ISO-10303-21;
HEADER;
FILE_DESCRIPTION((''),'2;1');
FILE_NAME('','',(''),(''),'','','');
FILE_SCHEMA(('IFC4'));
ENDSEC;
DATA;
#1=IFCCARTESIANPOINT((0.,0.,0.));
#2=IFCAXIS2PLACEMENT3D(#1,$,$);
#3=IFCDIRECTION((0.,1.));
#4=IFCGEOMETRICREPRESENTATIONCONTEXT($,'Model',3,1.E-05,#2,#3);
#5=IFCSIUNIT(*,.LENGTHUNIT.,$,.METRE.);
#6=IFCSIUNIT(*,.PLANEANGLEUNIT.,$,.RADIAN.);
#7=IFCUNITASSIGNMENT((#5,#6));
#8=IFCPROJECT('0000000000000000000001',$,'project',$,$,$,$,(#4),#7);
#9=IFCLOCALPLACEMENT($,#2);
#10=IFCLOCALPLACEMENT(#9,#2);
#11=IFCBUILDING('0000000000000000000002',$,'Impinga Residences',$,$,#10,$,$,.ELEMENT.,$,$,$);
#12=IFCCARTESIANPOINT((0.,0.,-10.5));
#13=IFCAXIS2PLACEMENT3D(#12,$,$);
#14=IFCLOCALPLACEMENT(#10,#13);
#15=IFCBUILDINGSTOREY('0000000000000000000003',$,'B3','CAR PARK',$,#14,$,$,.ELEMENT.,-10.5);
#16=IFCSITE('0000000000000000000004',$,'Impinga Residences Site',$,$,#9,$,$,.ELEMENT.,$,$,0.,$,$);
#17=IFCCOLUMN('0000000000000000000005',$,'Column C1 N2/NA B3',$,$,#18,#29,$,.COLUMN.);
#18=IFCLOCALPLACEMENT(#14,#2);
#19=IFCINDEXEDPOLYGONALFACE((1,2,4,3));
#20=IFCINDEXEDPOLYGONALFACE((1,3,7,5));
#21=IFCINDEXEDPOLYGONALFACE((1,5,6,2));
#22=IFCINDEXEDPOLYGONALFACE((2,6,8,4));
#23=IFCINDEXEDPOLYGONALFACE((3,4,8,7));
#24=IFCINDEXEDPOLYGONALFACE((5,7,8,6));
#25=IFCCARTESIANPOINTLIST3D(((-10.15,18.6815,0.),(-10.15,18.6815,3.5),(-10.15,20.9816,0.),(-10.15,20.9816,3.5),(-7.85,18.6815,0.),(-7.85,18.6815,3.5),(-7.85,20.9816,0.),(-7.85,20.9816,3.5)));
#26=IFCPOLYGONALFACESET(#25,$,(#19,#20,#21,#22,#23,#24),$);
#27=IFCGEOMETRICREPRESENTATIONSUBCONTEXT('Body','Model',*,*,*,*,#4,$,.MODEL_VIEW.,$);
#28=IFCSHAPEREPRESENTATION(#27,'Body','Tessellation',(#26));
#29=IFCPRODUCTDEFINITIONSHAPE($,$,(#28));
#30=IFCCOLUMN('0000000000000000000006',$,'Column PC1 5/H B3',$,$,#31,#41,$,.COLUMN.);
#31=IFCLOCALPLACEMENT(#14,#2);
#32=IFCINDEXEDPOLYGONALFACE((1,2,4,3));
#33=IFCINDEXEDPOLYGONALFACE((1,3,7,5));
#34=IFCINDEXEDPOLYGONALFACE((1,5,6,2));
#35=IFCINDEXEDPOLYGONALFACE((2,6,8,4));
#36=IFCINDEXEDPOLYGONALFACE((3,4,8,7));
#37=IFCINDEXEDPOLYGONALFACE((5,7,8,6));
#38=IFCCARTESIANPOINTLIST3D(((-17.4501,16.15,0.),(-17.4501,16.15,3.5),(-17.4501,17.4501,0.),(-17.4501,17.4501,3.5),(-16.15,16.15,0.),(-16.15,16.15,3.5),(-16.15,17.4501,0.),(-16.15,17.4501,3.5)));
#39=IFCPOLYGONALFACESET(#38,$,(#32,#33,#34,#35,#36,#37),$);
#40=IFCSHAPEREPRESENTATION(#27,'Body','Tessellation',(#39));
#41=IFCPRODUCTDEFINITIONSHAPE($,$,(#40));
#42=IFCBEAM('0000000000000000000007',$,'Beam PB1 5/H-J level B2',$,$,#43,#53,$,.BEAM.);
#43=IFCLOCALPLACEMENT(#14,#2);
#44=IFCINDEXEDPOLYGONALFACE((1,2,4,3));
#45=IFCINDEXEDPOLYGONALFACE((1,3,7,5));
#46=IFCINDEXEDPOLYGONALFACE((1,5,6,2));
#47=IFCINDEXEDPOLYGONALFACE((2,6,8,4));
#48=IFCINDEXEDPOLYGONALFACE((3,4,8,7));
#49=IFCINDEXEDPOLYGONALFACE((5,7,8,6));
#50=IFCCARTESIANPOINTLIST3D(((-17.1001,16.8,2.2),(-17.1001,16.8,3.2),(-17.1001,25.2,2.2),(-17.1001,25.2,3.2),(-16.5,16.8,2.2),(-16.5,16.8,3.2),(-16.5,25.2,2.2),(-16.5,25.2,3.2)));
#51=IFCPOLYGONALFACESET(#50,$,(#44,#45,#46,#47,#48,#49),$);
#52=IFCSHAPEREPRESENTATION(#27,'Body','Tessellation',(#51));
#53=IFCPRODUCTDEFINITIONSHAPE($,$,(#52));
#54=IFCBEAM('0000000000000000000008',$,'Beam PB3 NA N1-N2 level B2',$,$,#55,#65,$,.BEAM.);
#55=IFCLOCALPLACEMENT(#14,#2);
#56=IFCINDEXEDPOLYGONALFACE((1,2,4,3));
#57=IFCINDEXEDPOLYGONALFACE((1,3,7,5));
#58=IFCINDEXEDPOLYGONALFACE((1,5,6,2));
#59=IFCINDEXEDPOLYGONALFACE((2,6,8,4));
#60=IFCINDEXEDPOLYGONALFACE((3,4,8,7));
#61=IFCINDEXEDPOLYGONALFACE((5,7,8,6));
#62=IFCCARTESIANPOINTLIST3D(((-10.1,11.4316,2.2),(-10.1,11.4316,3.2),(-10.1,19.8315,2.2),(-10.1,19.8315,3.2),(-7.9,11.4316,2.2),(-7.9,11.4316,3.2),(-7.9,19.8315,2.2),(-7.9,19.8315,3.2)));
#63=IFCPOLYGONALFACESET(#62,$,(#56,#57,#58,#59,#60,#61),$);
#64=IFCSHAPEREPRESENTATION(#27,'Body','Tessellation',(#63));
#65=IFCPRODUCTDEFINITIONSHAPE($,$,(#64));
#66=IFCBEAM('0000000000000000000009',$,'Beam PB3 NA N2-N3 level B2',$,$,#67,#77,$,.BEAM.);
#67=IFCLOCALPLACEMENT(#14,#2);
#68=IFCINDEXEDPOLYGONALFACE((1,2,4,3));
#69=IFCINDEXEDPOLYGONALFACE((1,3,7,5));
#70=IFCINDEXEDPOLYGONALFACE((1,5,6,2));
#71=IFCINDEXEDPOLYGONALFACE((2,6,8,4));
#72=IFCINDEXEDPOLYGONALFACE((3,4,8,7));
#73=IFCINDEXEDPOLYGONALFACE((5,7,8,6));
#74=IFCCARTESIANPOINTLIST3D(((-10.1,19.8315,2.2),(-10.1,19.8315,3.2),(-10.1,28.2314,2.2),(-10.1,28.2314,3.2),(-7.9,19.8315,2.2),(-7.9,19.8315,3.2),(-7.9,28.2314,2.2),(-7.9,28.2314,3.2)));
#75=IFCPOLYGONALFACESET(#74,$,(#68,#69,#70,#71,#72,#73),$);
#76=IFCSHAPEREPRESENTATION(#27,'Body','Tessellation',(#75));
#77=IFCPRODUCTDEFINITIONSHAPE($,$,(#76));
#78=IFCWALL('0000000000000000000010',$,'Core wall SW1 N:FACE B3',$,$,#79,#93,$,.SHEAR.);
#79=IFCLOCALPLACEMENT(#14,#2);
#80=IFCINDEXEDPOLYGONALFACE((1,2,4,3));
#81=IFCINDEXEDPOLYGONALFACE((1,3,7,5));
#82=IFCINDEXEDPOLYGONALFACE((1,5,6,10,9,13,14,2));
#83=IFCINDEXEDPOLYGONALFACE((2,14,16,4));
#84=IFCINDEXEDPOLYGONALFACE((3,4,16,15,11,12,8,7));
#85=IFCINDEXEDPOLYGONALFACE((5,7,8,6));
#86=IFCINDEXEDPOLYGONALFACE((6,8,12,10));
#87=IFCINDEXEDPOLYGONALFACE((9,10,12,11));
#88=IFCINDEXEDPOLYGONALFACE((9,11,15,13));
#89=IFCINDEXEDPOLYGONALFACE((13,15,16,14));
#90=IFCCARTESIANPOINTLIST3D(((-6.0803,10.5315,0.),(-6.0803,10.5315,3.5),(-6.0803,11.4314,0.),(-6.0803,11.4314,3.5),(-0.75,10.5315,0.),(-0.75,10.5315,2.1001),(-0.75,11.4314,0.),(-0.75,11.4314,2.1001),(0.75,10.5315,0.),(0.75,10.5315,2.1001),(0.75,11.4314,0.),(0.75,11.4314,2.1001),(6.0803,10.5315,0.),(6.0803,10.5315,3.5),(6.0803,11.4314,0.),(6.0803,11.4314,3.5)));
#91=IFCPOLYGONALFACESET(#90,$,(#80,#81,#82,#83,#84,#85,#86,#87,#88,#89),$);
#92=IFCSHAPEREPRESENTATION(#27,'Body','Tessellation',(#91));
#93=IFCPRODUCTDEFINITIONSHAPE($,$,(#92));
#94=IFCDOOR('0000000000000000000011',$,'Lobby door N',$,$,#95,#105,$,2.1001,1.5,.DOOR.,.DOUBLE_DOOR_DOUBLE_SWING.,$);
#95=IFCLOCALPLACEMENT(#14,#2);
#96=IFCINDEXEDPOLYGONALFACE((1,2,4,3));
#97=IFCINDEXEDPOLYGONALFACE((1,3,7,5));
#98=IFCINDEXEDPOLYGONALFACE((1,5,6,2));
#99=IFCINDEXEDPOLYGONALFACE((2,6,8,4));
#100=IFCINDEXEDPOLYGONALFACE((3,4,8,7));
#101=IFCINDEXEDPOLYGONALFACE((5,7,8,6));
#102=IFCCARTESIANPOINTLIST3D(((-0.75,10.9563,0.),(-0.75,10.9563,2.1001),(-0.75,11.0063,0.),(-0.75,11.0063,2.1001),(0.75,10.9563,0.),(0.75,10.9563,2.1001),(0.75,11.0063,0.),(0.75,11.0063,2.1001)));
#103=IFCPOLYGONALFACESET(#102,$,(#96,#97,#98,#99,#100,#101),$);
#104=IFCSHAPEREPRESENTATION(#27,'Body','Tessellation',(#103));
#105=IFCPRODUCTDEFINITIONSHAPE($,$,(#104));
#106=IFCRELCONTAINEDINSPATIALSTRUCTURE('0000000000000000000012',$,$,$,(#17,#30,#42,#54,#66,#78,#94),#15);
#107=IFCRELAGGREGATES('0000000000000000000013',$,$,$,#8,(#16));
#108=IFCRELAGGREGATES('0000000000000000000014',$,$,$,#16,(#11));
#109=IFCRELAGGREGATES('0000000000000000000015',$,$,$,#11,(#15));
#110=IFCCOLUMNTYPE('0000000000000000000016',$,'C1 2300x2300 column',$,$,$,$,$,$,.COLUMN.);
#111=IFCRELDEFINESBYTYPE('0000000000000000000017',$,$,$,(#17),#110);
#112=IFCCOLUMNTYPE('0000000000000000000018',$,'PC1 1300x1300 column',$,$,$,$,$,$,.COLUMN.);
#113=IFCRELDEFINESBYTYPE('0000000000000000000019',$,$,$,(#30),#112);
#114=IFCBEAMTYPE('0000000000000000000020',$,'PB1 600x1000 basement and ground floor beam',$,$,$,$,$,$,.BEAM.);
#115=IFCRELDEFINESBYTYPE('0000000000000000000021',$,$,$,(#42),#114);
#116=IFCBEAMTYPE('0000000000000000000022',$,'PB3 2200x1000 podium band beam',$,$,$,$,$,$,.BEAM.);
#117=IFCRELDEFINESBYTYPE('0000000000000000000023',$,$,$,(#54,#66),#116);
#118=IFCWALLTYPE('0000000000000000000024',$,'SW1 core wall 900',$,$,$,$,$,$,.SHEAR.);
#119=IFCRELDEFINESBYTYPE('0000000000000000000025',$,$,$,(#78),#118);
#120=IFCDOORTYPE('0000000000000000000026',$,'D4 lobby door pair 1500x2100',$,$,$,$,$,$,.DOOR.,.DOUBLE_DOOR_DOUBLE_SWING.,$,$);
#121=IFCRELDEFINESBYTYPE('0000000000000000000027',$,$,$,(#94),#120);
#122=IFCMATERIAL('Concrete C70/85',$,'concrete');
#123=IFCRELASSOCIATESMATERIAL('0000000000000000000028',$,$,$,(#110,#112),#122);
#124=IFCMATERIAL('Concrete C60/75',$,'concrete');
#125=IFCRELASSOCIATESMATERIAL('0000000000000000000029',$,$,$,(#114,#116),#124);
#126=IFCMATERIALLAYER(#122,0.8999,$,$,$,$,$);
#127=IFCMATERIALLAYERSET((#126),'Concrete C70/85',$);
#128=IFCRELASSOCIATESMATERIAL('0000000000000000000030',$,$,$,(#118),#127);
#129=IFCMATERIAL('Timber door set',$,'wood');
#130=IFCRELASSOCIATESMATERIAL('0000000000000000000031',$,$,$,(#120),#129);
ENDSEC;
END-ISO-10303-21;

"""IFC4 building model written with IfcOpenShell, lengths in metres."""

from ifc_helpers import new_model, si_unit, direction, frame, frame_2d, origin, origin_2d, place, context, subcontext, project, spatial, rectangle, extrude, material, layer, layer_set, material_profile, profile_set, type_object, element, fill, save


model = new_model("IFC4")

# Units and contexts
model_context = context("Model", 3, precision=1e-05, world=origin(), true_north=direction((0.0, 1.0)))
body_context = subcontext(model_context, "Body", "Model", "MODEL_VIEW")
ifc_project = project(units=[si_unit("LENGTHUNIT", "METRE"), si_unit("PLANEANGLEUNIT", "RADIAN")], contexts=[model_context])

# Site, building, storey
site_placement = place(None, origin())
site = spatial("IfcSite", under=ifc_project, at=site_placement, Name="Impinga Residences Site", CompositionType="ELEMENT", RefElevation=0.0)
building_placement = place(site_placement, origin())
building = spatial("IfcBuilding", under=site, at=building_placement, Name="Impinga Residences", CompositionType="ELEMENT")
storey_placement = place(building_placement, frame((0.0, 0.0, -10.5)))
storey = spatial("IfcBuildingStorey", under=building, at=storey_placement, Name="B3", Description="CAR PARK", CompositionType="ELEMENT", Elevation=-10.5)

# Columns
ifc_material_1 = material(Name="Concrete C70/85", Category="concrete")
ifc_material_profile_1 = material_profile(ifc_material_1, rectangle(XDim=2.3, YDim=2.3, at=origin_2d()), Name="RC 2300x2300")
ifc_profile_set_1 = profile_set([ifc_material_profile_1], Name="Concrete C70/85")
column_type_1 = type_object("IfcColumnType", Name="C1 2300x2300 column", PredefinedType="COLUMN", material=ifc_profile_set_1)
for number, where, z_axis, x_axis, name in (
    (1, (-9.0, 19.8315, 0.0), (0.0, 0.0, 1.0), (1.0, 0.0, 0.0), "Column C1 N2/NA B3"),
):
    element("IfcColumn", number, at=place(storey_placement, frame(where, z_axis=z_axis, x_axis=x_axis)), inside=storey, type_object=column_type_1, Name=name, PredefinedType="COLUMN", context=body_context, shape_type="SweptSolid", body=[
        extrude(rectangle(XDim=2.3, YDim=2.3, at=origin_2d()), origin(), (0.0, 0.0, 1.0), 3.5),
    ])
ifc_material_profile_2 = material_profile(ifc_material_1, rectangle(XDim=1.3, YDim=1.3, at=origin_2d()), Name="RC 1300x1300")
ifc_profile_set_2 = profile_set([ifc_material_profile_2], Name="Concrete C70/85")
column_type_2 = type_object("IfcColumnType", Name="PC1 1300x1300 column", PredefinedType="COLUMN", material=ifc_profile_set_2)
column_placement = place(storey_placement, frame((-16.8, 16.8, 0.0), z_axis=(0.0, 0.0, 1.0), x_axis=(1.0, 0.0, 0.0)))
element("IfcColumn", 2, at=column_placement, inside=storey, type_object=column_type_2, Name="Column PC1 5/H B3", PredefinedType="COLUMN", context=body_context, shape_type="SweptSolid", body=[
    extrude(rectangle(XDim=1.3, YDim=1.3, at=origin_2d()), origin(), (0.0, 0.0, 1.0), 3.5),
])

# Beams
ifc_material_2 = material(Name="Concrete C60/75", Category="concrete")
ifc_material_profile_3 = material_profile(ifc_material_2, rectangle(XDim=0.6001, YDim=1.0, at=origin_2d()), Name="RC 600x1000")
ifc_profile_set_3 = profile_set([ifc_material_profile_3], Name="Concrete C60/75")
beam_type_1 = type_object("IfcBeamType", Name="PB1 600x1000 basement and ground floor beam", PredefinedType="BEAM", material=ifc_profile_set_3)
beam_placement = place(storey_placement, frame((-16.8, 16.8, 2.7), z_axis=(0.0, 1.0, 0.0), x_axis=(-1.0, 0.0, 0.0)))
element("IfcBeam", 3, at=beam_placement, inside=storey, type_object=beam_type_1, Name="Beam PB1 5/H-J level B2", PredefinedType="BEAM", context=body_context, shape_type="SweptSolid", body=[
    extrude(rectangle(XDim=0.6001, YDim=1.0, at=origin_2d()), origin(), (0.0, 0.0, 1.0), 8.3999),
])
ifc_material_profile_4 = material_profile(ifc_material_2, rectangle(XDim=2.2, YDim=1.0, at=origin_2d()), Name="RC 2200x1000")
ifc_profile_set_4 = profile_set([ifc_material_profile_4], Name="Concrete C60/75")
beam_type_2 = type_object("IfcBeamType", Name="PB3 2200x1000 podium band beam", PredefinedType="BEAM", material=ifc_profile_set_4)
for number, where, z_axis, x_axis, name in (
    (4, (-9.0, 11.4316, 2.7), (0.0, 1.0, 0.0), (-1.0, 0.0, 0.0), "Beam PB3 NA N1-N2 level B2"),
    (5, (-9.0, 19.8315, 2.7), (0.0, 1.0, 0.0), (-1.0, 0.0, 0.0), "Beam PB3 NA N2-N3 level B2"),
):
    element("IfcBeam", number, at=place(storey_placement, frame(where, z_axis=z_axis, x_axis=x_axis)), inside=storey, type_object=beam_type_2, Name=name, PredefinedType="BEAM", context=body_context, shape_type="SweptSolid", body=[
        extrude(rectangle(XDim=2.2, YDim=1.0, at=origin_2d()), origin(), (0.0, 0.0, 1.0), 8.3999),
    ])

# Wall, opening, door
ifc_layer = layer(ifc_material_1, 0.8999)
ifc_layer_set = layer_set([ifc_layer], Name="Concrete C70/85")
wall_type = type_object("IfcWallType", Name="SW1 core wall 900", PredefinedType="SHEAR", material=ifc_layer_set)
wall_placement = place(storey_placement, frame((-6.0803, 10.9814, 0.0), z_axis=(0.0, 0.0, 1.0), x_axis=(1.0, 0.0, 0.0)))
wall = element("IfcWall", 6, at=wall_placement, inside=storey, type_object=wall_type, Name="Core wall SW1 N:FACE B3", PredefinedType="SHEAR", context=body_context, shape_type="SweptSolid", body=[
    extrude(rectangle(XDim=12.1606, YDim=0.8999, at=frame_2d((6.0803, 0.0))), origin(), (0.0, 0.0, 1.0), 3.5),
])
opening_placement = place(wall_placement, frame((5.3303, 0.0, 0.0)))
opening = element("IfcOpeningElement", 7, at=opening_placement, cuts=wall, PredefinedType="OPENING", context=body_context, shape_type="SweptSolid", body=[
    extrude(rectangle(XDim=1.5, YDim=2.1001, at=frame_2d((0.75, 1.05))), frame((0.0, 0.46, 0.0), z_axis=(0.0, -1.0, 0.0), x_axis=(1.0, 0.0, 0.0)), (0.0, 0.0, 1.0), 0.9199),
])
ifc_material_3 = material(Name="Timber door set", Category="wood")
door_type = type_object("IfcDoorType", Name="D4 lobby door pair 1500x2100", OperationType="DOUBLE_DOOR_DOUBLE_SWING", PredefinedType="DOOR", material=ifc_material_3)
door_placement = place(opening_placement, origin())
door = element("IfcDoor", 8, at=door_placement, inside=storey, type_object=door_type, Name="Lobby door N", OperationType="DOUBLE_DOOR_DOUBLE_SWING", OverallHeight=2.1001, OverallWidth=1.5, PredefinedType="DOOR", context=body_context, shape_type="SweptSolid", body=[
    extrude(rectangle(XDim=1.5, YDim=2.1001, at=frame_2d((0.75, 1.05))), frame((0.0, 0.0249, 0.0), z_axis=(0.0, -1.0, 0.0), x_axis=(1.0, 0.0, 0.0)), (0.0, 0.0, 1.0), 0.05),
])
fill(opening, door)

save(model, "model.ifc")
